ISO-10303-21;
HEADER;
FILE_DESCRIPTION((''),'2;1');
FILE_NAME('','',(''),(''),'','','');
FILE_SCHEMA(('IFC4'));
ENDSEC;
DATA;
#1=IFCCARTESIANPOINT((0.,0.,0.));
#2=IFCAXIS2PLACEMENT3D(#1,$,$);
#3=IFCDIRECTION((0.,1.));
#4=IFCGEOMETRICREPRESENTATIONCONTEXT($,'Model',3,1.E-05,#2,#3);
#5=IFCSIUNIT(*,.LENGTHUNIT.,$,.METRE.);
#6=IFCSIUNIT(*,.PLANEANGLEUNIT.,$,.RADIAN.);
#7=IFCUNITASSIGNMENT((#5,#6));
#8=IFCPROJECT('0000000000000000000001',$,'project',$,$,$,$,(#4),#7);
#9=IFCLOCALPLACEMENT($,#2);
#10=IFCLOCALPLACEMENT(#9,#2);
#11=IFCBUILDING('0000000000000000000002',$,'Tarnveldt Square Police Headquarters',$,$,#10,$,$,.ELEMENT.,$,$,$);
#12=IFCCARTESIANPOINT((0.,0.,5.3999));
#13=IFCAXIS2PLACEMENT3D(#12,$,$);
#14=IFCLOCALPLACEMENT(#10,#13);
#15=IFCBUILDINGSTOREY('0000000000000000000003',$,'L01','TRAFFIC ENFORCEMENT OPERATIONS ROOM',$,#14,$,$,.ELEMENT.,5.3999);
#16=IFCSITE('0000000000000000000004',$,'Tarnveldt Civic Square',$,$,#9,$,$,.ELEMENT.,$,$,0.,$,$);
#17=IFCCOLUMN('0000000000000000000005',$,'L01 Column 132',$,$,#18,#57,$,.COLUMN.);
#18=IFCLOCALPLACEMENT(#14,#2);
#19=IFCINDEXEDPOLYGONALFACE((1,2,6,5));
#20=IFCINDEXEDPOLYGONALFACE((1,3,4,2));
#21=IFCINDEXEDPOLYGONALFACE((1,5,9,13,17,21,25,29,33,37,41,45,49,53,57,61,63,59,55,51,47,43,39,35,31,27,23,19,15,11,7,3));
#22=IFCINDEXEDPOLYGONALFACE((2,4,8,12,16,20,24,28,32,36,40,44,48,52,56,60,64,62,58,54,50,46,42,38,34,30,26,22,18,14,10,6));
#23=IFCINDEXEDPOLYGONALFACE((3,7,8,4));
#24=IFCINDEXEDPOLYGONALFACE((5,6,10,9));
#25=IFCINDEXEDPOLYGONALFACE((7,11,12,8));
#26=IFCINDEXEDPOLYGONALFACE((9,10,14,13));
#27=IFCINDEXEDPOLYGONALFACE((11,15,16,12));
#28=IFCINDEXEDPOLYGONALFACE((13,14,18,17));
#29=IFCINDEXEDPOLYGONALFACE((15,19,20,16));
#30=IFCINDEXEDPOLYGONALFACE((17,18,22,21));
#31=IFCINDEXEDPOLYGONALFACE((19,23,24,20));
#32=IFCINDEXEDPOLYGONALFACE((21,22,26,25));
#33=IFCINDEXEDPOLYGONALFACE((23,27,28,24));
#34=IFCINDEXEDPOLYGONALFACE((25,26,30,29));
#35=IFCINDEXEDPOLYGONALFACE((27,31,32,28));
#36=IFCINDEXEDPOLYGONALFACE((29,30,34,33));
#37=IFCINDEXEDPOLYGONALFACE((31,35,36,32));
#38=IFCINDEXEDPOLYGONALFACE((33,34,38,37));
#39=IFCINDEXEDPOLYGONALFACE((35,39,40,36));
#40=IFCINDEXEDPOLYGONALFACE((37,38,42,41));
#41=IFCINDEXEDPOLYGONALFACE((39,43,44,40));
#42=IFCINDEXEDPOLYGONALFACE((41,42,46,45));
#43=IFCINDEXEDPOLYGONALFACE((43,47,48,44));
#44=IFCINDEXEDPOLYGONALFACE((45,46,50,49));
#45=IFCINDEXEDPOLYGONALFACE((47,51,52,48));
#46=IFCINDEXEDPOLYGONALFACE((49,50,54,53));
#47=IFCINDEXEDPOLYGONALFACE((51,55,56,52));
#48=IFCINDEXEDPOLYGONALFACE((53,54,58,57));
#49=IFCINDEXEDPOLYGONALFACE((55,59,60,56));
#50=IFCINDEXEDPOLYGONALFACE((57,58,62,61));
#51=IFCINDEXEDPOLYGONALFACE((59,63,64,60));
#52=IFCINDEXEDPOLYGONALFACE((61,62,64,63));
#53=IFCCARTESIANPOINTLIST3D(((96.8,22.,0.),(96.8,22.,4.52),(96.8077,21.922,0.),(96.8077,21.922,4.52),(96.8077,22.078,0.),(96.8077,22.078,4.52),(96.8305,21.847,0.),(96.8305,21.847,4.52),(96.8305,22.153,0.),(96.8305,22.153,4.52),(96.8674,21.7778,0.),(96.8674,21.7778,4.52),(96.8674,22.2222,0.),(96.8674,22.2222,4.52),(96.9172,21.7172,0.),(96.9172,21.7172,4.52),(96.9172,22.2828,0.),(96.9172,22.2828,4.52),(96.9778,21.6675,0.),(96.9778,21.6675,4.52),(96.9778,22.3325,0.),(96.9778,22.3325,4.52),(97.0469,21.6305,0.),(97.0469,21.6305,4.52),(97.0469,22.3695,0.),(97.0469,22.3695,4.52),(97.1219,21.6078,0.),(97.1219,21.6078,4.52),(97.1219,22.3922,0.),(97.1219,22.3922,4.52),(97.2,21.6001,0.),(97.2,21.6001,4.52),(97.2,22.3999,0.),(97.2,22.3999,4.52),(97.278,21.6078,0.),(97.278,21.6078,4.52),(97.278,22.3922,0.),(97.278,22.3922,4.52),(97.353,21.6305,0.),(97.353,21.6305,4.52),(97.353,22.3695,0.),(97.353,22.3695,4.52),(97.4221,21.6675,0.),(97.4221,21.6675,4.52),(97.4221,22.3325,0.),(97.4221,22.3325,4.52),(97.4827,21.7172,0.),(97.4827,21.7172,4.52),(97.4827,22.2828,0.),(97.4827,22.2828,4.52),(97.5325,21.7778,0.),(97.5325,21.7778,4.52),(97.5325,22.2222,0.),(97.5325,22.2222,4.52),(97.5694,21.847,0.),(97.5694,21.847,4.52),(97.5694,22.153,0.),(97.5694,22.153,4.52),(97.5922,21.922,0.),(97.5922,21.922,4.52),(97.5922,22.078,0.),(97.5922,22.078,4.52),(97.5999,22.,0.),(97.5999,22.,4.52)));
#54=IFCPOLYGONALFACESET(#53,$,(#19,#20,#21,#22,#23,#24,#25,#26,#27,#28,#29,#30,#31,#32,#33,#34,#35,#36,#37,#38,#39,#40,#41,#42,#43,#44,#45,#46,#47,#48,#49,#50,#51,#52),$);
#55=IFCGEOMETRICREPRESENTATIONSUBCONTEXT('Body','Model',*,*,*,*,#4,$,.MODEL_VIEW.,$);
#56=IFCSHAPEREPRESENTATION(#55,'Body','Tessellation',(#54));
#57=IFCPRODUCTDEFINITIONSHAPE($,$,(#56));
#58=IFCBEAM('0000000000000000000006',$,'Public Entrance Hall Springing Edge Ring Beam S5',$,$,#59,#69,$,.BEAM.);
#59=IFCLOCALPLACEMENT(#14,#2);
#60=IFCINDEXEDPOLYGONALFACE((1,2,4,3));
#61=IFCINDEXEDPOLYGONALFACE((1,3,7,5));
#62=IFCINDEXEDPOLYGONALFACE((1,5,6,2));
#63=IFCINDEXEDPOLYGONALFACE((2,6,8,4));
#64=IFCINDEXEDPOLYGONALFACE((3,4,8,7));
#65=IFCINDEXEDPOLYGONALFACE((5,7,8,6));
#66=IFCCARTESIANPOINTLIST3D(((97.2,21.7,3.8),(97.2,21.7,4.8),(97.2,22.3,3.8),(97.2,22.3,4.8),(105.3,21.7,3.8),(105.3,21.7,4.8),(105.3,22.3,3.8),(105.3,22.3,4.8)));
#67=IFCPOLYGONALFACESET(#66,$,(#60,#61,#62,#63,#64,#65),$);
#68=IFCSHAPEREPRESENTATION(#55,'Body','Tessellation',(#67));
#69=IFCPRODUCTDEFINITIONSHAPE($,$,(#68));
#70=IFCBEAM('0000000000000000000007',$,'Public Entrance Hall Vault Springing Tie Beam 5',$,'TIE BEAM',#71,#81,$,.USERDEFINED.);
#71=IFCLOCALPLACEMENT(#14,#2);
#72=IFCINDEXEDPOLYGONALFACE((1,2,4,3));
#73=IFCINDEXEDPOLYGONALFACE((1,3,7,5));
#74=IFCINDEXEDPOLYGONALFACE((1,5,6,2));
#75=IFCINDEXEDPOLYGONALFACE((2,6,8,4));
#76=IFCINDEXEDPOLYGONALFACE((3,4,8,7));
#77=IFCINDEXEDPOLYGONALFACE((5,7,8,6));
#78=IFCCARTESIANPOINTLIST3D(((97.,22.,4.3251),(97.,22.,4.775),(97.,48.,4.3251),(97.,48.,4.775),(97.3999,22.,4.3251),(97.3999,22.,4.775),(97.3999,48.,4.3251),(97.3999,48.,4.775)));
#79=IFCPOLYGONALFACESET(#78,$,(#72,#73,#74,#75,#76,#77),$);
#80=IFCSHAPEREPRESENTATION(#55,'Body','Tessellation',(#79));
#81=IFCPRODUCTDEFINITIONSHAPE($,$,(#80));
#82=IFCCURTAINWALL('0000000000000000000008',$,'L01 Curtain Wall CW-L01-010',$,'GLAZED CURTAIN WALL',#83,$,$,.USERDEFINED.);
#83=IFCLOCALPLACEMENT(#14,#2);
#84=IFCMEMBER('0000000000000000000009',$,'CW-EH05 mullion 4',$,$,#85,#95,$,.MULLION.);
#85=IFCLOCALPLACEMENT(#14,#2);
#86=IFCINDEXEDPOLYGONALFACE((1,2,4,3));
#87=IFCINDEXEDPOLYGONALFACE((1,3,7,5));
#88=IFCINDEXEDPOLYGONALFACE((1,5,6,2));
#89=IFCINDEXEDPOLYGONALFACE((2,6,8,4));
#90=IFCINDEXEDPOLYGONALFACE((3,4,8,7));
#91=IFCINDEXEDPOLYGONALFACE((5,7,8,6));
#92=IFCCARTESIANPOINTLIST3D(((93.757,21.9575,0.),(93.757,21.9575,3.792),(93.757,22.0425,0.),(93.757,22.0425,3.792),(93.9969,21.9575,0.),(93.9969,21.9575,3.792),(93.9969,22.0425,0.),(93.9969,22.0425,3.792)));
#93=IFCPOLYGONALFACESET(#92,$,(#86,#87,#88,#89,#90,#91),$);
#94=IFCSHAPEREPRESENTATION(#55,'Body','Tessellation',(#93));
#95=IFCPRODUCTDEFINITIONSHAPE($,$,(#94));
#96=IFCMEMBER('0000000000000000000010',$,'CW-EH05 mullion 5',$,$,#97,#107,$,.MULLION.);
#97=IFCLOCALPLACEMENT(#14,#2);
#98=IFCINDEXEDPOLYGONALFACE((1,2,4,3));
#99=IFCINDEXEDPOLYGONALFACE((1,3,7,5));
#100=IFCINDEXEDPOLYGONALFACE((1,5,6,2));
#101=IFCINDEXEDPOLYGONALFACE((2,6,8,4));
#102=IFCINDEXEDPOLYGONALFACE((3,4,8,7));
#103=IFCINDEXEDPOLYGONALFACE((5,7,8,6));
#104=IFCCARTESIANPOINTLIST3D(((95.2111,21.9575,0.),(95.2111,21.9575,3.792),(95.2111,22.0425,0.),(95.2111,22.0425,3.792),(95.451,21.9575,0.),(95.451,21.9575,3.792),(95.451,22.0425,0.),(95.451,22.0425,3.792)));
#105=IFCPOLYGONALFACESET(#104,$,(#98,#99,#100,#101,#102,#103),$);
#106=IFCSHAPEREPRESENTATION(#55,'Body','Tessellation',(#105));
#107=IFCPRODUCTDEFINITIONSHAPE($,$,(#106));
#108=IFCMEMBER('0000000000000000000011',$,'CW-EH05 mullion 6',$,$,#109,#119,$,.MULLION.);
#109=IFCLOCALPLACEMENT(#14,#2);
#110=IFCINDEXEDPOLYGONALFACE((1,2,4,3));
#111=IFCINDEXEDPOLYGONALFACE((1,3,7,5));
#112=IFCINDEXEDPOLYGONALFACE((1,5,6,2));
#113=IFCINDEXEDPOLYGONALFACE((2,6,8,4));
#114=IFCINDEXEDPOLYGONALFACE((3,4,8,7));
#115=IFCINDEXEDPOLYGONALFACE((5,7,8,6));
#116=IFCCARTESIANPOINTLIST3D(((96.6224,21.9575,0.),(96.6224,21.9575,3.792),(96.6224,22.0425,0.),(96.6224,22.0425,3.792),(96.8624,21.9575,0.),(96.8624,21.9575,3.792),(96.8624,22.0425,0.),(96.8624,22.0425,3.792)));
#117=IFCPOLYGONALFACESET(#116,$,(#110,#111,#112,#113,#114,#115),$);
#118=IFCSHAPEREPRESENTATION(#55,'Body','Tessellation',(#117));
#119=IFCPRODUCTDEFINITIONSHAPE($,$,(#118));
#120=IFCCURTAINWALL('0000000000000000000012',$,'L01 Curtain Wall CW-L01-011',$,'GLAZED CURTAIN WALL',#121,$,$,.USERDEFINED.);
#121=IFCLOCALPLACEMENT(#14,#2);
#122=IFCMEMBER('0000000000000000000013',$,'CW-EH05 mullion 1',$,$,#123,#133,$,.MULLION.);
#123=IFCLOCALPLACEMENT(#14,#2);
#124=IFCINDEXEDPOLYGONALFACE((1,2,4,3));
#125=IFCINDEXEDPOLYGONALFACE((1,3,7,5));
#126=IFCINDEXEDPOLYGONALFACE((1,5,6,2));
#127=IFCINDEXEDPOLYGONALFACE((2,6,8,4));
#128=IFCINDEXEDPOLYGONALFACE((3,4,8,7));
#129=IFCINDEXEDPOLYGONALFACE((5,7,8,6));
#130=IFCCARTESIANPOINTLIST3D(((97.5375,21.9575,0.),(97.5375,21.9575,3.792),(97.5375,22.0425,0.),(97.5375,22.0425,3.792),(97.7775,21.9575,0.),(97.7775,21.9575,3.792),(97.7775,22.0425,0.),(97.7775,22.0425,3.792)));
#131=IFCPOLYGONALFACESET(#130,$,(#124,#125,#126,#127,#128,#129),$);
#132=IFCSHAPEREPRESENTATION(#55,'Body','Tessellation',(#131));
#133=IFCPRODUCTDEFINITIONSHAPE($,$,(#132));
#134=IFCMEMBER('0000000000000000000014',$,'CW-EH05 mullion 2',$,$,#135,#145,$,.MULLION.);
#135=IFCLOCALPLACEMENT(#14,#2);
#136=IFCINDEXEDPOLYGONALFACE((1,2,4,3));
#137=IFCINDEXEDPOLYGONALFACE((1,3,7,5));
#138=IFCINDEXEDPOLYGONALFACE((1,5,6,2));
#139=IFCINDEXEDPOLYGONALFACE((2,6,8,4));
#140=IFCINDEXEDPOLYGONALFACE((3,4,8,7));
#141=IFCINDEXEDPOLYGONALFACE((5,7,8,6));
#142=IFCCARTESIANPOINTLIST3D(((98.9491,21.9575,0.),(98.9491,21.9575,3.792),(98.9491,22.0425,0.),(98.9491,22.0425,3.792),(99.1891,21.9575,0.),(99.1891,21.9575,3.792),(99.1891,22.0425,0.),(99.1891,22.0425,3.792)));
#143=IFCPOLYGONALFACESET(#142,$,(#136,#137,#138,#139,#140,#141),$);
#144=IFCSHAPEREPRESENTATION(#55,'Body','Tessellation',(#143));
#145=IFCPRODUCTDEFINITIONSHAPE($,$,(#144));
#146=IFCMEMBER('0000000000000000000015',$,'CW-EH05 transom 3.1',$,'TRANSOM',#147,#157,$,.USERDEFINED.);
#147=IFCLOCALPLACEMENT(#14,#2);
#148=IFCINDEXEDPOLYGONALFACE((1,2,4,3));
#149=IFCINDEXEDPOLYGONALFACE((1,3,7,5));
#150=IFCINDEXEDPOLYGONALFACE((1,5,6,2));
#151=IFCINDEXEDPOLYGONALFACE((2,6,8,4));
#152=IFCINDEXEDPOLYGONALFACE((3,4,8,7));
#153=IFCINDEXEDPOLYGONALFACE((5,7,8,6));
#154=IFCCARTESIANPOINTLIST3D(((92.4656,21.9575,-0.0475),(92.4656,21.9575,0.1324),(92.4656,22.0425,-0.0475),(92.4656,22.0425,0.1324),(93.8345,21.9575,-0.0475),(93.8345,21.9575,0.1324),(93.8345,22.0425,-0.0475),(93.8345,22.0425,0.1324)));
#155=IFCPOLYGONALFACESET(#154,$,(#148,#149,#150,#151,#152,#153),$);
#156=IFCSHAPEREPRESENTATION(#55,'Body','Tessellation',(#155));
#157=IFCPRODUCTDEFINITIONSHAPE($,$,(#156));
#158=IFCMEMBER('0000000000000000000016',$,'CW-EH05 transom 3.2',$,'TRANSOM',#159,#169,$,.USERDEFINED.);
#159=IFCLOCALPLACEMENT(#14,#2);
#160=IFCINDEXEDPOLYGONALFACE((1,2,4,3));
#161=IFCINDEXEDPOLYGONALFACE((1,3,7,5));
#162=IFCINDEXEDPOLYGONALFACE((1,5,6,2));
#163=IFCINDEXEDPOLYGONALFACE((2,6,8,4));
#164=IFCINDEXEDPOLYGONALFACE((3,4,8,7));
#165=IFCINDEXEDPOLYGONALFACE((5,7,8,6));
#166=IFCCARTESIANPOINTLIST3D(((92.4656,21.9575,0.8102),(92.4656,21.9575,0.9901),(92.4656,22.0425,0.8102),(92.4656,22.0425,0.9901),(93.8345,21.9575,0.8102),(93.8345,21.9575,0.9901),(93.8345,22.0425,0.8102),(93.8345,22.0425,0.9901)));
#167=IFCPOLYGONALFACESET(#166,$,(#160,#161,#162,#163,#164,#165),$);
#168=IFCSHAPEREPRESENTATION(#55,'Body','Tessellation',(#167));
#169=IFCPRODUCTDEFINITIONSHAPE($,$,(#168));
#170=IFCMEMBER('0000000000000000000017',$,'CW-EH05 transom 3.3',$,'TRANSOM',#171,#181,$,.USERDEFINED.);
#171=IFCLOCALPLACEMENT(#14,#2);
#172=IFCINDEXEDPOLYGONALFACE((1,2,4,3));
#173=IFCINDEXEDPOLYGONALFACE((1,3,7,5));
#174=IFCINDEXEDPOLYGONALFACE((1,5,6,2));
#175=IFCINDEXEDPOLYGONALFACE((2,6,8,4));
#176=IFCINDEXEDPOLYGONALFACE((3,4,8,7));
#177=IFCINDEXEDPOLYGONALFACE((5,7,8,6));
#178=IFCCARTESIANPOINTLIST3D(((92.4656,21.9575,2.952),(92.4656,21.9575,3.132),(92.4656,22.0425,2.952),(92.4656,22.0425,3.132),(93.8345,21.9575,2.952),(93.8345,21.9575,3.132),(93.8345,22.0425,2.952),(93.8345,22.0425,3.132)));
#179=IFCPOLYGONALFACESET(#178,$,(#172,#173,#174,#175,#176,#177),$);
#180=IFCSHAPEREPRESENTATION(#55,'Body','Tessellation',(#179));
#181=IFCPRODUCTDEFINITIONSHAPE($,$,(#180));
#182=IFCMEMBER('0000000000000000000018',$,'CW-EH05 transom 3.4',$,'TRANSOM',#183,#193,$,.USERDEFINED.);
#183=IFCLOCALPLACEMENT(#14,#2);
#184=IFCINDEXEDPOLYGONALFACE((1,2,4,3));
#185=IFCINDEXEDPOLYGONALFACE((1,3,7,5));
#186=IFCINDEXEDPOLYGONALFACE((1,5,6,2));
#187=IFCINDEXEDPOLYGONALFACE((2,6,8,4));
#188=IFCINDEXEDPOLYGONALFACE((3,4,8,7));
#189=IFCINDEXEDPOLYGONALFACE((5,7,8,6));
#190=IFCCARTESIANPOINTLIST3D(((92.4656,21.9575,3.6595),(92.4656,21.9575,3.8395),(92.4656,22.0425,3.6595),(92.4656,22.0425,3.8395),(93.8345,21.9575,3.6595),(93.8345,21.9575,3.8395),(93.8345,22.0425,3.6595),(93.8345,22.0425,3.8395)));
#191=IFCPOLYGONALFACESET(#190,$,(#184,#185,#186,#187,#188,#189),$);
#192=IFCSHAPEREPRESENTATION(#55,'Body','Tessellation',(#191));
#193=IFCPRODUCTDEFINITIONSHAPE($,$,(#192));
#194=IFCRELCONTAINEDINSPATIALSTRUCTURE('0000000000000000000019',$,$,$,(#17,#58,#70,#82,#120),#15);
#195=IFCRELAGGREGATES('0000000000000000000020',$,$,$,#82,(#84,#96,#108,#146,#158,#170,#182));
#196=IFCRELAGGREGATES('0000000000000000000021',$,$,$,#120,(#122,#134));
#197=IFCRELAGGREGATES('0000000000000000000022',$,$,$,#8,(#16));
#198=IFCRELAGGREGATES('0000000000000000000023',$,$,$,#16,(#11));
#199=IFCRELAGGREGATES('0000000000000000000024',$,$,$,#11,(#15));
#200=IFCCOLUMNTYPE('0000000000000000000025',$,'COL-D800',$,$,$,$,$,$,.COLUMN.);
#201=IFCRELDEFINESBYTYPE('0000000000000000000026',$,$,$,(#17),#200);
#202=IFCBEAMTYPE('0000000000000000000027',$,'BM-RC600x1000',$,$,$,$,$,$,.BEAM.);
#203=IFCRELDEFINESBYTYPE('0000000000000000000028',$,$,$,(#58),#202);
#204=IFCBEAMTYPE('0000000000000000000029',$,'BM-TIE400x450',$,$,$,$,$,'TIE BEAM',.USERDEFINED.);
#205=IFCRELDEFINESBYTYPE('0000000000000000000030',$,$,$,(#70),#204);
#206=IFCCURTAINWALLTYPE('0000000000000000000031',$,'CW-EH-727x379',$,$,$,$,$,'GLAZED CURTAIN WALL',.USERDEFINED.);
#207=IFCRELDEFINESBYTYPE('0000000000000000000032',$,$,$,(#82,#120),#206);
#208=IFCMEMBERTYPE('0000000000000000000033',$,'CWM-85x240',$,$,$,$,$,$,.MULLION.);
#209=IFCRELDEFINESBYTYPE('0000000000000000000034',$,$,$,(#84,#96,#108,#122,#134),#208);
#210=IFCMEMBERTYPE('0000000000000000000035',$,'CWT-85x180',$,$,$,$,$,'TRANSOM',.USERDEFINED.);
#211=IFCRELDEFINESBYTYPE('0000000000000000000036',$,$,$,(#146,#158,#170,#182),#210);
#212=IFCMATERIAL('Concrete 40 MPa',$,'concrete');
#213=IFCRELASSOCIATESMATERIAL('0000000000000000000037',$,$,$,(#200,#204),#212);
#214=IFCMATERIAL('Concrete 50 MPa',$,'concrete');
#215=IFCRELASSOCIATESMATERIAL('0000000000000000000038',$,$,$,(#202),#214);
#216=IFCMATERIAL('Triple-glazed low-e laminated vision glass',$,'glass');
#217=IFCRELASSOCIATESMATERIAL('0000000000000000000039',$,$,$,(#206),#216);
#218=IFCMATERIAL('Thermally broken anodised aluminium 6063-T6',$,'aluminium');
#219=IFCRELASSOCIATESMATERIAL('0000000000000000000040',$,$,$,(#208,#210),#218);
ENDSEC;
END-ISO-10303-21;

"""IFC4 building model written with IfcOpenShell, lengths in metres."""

from ifc_helpers import new_model, si_unit, direction, frame, origin, origin_2d, place, context, subcontext, project, spatial, rectangle, circle, extrude, material, material_profile, profile_set, type_object, element, aggregate, save


model = new_model("IFC4")

# Units and contexts
model_context = context("Model", 3, precision=1e-05, world=origin(), true_north=direction((0.0, 1.0)))
body_context = subcontext(model_context, "Body", "Model", "MODEL_VIEW")
ifc_project = project(units=[si_unit("LENGTHUNIT", "METRE"), si_unit("PLANEANGLEUNIT", "RADIAN")], contexts=[model_context])

# Site, building, storey
site_placement = place(None, origin())
site = spatial("IfcSite", under=ifc_project, at=site_placement, Name="Tarnveldt Civic Square", CompositionType="ELEMENT", RefElevation=0.0)
building_placement = place(site_placement, origin())
building = spatial("IfcBuilding", under=site, at=building_placement, Name="Tarnveldt Square Police Headquarters", CompositionType="ELEMENT")
storey_placement = place(building_placement, frame((0.0, 0.0, 5.3999)))
storey = spatial("IfcBuildingStorey", under=building, at=storey_placement, Name="L01", Description="TRAFFIC ENFORCEMENT OPERATIONS ROOM", CompositionType="ELEMENT", Elevation=5.3999)

# Column
ifc_material_1 = material(Name="Concrete 40 MPa", Category="concrete")
ifc_material_profile_1 = material_profile(ifc_material_1, circle(Radius=0.3999, at=origin_2d()), Name="RC-D800")
ifc_profile_set_1 = profile_set([ifc_material_profile_1], Name="Concrete 40 MPa")
column_type = type_object("IfcColumnType", Name="COL-D800", PredefinedType="COLUMN", material=ifc_profile_set_1)
column_placement = place(storey_placement, frame((97.2, 22.0, 0.0), z_axis=(0.0, 0.0, 1.0), x_axis=(1.0, 0.0, 0.0)))
element("IfcColumn", 1, at=column_placement, inside=storey, type_object=column_type, Name="L01 Column 132", PredefinedType="COLUMN", context=body_context, shape_type="SweptSolid", body=[
    extrude(circle(Radius=0.3999, at=origin_2d()), origin(), (0.0, 0.0, 1.0), 4.52),
])

# Beams
ifc_material_2 = material(Name="Concrete 50 MPa", Category="concrete")
ifc_material_profile_2 = material_profile(ifc_material_2, rectangle(XDim=0.6001, YDim=1.0, at=origin_2d()), Name="RC-B600x1000")
ifc_profile_set_2 = profile_set([ifc_material_profile_2], Name="Concrete 50 MPa")
beam_type_1 = type_object("IfcBeamType", Name="BM-RC600x1000", PredefinedType="BEAM", material=ifc_profile_set_2)
beam_1_placement = place(storey_placement, frame((97.2, 22.0, 4.3), z_axis=(1.0, 0.0, 0.0), x_axis=(0.0, 1.0, 0.0)))
element("IfcBeam", 2, at=beam_1_placement, inside=storey, type_object=beam_type_1, Name="Public Entrance Hall Springing Edge Ring Beam S5", PredefinedType="BEAM", context=body_context, shape_type="SweptSolid", body=[
    extrude(rectangle(XDim=0.6001, YDim=1.0, at=origin_2d()), origin(), (0.0, 0.0, 1.0), 8.1001),
])
ifc_material_profile_3 = material_profile(ifc_material_1, rectangle(XDim=0.3999, YDim=0.45, at=origin_2d()), Name="RC-TIE400x450")
ifc_profile_set_3 = profile_set([ifc_material_profile_3], Name="Concrete 40 MPa")
beam_type_2 = type_object("IfcBeamType", Name="BM-TIE400x450", ElementType="TIE BEAM", PredefinedType="USERDEFINED", material=ifc_profile_set_3)
beam_2_placement = place(storey_placement, frame((97.2, 22.0, 4.55), z_axis=(0.0, 1.0, 0.0), x_axis=(-1.0, 0.0, 0.0)))
element("IfcBeam", 3, at=beam_2_placement, inside=storey, type_object=beam_type_2, Name="Public Entrance Hall Vault Springing Tie Beam 5", ObjectType="TIE BEAM", PredefinedType="USERDEFINED", context=body_context, shape_type="SweptSolid", body=[
    extrude(rectangle(XDim=0.3999, YDim=0.45, at=origin_2d()), origin(), (0.0, 0.0, 1.0), 26.0),
])

# Curtain walls, members
ifc_material_3 = material(Name="Triple-glazed low-e laminated vision glass", Category="glass")
curtain_wall_type = type_object("IfcCurtainWallType", Name="CW-EH-727x379", ElementType="GLAZED CURTAIN WALL", PredefinedType="USERDEFINED", material=ifc_material_3)
curtain_wall_1_placement = place(storey_placement, origin())
curtain_wall_1 = element("IfcCurtainWall", 4, at=curtain_wall_1_placement, inside=storey, type_object=curtain_wall_type, Name="L01 Curtain Wall CW-L01-010", ObjectType="GLAZED CURTAIN WALL", PredefinedType="USERDEFINED")
ifc_material_4 = material(Name="Thermally broken anodised aluminium 6063-T6", Category="aluminium")
ifc_material_profile_4 = material_profile(ifc_material_4, rectangle(XDim=0.085, YDim=0.24, at=origin_2d()), Name="CW-M85x240")
ifc_profile_set_4 = profile_set([ifc_material_profile_4], Name="Thermally broken anodised aluminium 6063-T6")
member_type_1 = type_object("IfcMemberType", Name="CWM-85x240", PredefinedType="MULLION", material=ifc_profile_set_4)
member_1_placement = place(storey_placement, frame((93.877, 22.0, 0.0), z_axis=(0.0, 0.0, 1.0), x_axis=(0.0, 1.0, 0.0)))
member_1 = element("IfcMember", 5, at=member_1_placement, type_object=member_type_1, Name="CW-EH05 mullion 4", PredefinedType="MULLION", context=body_context, shape_type="SweptSolid", body=[
    extrude(rectangle(XDim=0.085, YDim=0.24, at=origin_2d()), origin(), (0.0, 0.0, 1.0), 3.792),
])
member_2_placement = place(storey_placement, frame((95.3311, 22.0, 0.0), z_axis=(0.0, 0.0, 1.0), x_axis=(0.0, 1.0, 0.0)))
member_2 = element("IfcMember", 6, at=member_2_placement, type_object=member_type_1, Name="CW-EH05 mullion 5", PredefinedType="MULLION", context=body_context, shape_type="SweptSolid", body=[
    extrude(rectangle(XDim=0.085, YDim=0.24, at=origin_2d()), origin(), (0.0, 0.0, 1.0), 3.792),
])
member_3_placement = place(storey_placement, frame((96.7424, 22.0, 0.0), z_axis=(0.0, 0.0, 1.0), x_axis=(0.0, 1.0, 0.0)))
member_3 = element("IfcMember", 7, at=member_3_placement, type_object=member_type_1, Name="CW-EH05 mullion 6", PredefinedType="MULLION", context=body_context, shape_type="SweptSolid", body=[
    extrude(rectangle(XDim=0.085, YDim=0.24, at=origin_2d()), origin(), (0.0, 0.0, 1.0), 3.792),
])
curtain_wall_2_placement = place(storey_placement, origin())
curtain_wall_2 = element("IfcCurtainWall", 8, at=curtain_wall_2_placement, inside=storey, type_object=curtain_wall_type, Name="L01 Curtain Wall CW-L01-011", ObjectType="GLAZED CURTAIN WALL", PredefinedType="USERDEFINED")
member_4_placement = place(storey_placement, frame((97.6575, 22.0, 0.0), z_axis=(0.0, 0.0, 1.0), x_axis=(0.0, 1.0, 0.0)))
member_4 = element("IfcMember", 9, at=member_4_placement, type_object=member_type_1, Name="CW-EH05 mullion 1", PredefinedType="MULLION", context=body_context, shape_type="SweptSolid", body=[
    extrude(rectangle(XDim=0.085, YDim=0.24, at=origin_2d()), origin(), (0.0, 0.0, 1.0), 3.792),
])
member_5_placement = place(storey_placement, frame((99.0691, 22.0, 0.0), z_axis=(0.0, 0.0, 1.0), x_axis=(0.0, 1.0, 0.0)))
member_5 = element("IfcMember", 10, at=member_5_placement, type_object=member_type_1, Name="CW-EH05 mullion 2", PredefinedType="MULLION", context=body_context, shape_type="SweptSolid", body=[
    extrude(rectangle(XDim=0.085, YDim=0.24, at=origin_2d()), origin(), (0.0, 0.0, 1.0), 3.792),
])

# Members
ifc_material_profile_5 = material_profile(ifc_material_4, rectangle(XDim=0.085, YDim=0.1799, at=origin_2d()), Name="CW-T85x180")
ifc_profile_set_5 = profile_set([ifc_material_profile_5], Name="Thermally broken anodised aluminium 6063-T6")
member_type_2 = type_object("IfcMemberType", Name="CWT-85x180", ElementType="TRANSOM", PredefinedType="USERDEFINED", material=ifc_profile_set_5)
member_6_placement = place(storey_placement, frame((92.4656, 22.0, 0.0425), z_axis=(1.0, 0.0, 0.0), x_axis=(0.0, 1.0, 0.0)))
member_6 = element("IfcMember", 11, at=member_6_placement, type_object=member_type_2, Name="CW-EH05 transom 3.1", ObjectType="TRANSOM", PredefinedType="USERDEFINED", context=body_context, shape_type="SweptSolid", body=[
    extrude(rectangle(XDim=0.085, YDim=0.1799, at=origin_2d()), origin(), (0.0, 0.0, 1.0), 1.3689),
])
member_7_placement = place(storey_placement, frame((92.4656, 22.0, 0.9001), z_axis=(1.0, 0.0, 0.0), x_axis=(0.0, 1.0, 0.0)))
member_7 = element("IfcMember", 12, at=member_7_placement, type_object=member_type_2, Name="CW-EH05 transom 3.2", ObjectType="TRANSOM", PredefinedType="USERDEFINED", context=body_context, shape_type="SweptSolid", body=[
    extrude(rectangle(XDim=0.085, YDim=0.1799, at=origin_2d()), origin(), (0.0, 0.0, 1.0), 1.3689),
])
member_8_placement = place(storey_placement, frame((92.4656, 22.0, 3.042), z_axis=(1.0, 0.0, 0.0), x_axis=(0.0, 1.0, 0.0)))
member_8 = element("IfcMember", 13, at=member_8_placement, type_object=member_type_2, Name="CW-EH05 transom 3.3", ObjectType="TRANSOM", PredefinedType="USERDEFINED", context=body_context, shape_type="SweptSolid", body=[
    extrude(rectangle(XDim=0.085, YDim=0.1799, at=origin_2d()), origin(), (0.0, 0.0, 1.0), 1.3689),
])
member_9_placement = place(storey_placement, frame((92.4656, 22.0, 3.7495), z_axis=(1.0, 0.0, 0.0), x_axis=(0.0, 1.0, 0.0)))
member_9 = element("IfcMember", 14, at=member_9_placement, type_object=member_type_2, Name="CW-EH05 transom 3.4", ObjectType="TRANSOM", PredefinedType="USERDEFINED", context=body_context, shape_type="SweptSolid", body=[
    extrude(rectangle(XDim=0.085, YDim=0.1799, at=origin_2d()), origin(), (0.0, 0.0, 1.0), 1.3689),
])

aggregate(curtain_wall_1, [member_1, member_2, member_3, member_6, member_7, member_8, member_9])
aggregate(curtain_wall_2, [member_4, member_5])

save(model, "model.ifc")
